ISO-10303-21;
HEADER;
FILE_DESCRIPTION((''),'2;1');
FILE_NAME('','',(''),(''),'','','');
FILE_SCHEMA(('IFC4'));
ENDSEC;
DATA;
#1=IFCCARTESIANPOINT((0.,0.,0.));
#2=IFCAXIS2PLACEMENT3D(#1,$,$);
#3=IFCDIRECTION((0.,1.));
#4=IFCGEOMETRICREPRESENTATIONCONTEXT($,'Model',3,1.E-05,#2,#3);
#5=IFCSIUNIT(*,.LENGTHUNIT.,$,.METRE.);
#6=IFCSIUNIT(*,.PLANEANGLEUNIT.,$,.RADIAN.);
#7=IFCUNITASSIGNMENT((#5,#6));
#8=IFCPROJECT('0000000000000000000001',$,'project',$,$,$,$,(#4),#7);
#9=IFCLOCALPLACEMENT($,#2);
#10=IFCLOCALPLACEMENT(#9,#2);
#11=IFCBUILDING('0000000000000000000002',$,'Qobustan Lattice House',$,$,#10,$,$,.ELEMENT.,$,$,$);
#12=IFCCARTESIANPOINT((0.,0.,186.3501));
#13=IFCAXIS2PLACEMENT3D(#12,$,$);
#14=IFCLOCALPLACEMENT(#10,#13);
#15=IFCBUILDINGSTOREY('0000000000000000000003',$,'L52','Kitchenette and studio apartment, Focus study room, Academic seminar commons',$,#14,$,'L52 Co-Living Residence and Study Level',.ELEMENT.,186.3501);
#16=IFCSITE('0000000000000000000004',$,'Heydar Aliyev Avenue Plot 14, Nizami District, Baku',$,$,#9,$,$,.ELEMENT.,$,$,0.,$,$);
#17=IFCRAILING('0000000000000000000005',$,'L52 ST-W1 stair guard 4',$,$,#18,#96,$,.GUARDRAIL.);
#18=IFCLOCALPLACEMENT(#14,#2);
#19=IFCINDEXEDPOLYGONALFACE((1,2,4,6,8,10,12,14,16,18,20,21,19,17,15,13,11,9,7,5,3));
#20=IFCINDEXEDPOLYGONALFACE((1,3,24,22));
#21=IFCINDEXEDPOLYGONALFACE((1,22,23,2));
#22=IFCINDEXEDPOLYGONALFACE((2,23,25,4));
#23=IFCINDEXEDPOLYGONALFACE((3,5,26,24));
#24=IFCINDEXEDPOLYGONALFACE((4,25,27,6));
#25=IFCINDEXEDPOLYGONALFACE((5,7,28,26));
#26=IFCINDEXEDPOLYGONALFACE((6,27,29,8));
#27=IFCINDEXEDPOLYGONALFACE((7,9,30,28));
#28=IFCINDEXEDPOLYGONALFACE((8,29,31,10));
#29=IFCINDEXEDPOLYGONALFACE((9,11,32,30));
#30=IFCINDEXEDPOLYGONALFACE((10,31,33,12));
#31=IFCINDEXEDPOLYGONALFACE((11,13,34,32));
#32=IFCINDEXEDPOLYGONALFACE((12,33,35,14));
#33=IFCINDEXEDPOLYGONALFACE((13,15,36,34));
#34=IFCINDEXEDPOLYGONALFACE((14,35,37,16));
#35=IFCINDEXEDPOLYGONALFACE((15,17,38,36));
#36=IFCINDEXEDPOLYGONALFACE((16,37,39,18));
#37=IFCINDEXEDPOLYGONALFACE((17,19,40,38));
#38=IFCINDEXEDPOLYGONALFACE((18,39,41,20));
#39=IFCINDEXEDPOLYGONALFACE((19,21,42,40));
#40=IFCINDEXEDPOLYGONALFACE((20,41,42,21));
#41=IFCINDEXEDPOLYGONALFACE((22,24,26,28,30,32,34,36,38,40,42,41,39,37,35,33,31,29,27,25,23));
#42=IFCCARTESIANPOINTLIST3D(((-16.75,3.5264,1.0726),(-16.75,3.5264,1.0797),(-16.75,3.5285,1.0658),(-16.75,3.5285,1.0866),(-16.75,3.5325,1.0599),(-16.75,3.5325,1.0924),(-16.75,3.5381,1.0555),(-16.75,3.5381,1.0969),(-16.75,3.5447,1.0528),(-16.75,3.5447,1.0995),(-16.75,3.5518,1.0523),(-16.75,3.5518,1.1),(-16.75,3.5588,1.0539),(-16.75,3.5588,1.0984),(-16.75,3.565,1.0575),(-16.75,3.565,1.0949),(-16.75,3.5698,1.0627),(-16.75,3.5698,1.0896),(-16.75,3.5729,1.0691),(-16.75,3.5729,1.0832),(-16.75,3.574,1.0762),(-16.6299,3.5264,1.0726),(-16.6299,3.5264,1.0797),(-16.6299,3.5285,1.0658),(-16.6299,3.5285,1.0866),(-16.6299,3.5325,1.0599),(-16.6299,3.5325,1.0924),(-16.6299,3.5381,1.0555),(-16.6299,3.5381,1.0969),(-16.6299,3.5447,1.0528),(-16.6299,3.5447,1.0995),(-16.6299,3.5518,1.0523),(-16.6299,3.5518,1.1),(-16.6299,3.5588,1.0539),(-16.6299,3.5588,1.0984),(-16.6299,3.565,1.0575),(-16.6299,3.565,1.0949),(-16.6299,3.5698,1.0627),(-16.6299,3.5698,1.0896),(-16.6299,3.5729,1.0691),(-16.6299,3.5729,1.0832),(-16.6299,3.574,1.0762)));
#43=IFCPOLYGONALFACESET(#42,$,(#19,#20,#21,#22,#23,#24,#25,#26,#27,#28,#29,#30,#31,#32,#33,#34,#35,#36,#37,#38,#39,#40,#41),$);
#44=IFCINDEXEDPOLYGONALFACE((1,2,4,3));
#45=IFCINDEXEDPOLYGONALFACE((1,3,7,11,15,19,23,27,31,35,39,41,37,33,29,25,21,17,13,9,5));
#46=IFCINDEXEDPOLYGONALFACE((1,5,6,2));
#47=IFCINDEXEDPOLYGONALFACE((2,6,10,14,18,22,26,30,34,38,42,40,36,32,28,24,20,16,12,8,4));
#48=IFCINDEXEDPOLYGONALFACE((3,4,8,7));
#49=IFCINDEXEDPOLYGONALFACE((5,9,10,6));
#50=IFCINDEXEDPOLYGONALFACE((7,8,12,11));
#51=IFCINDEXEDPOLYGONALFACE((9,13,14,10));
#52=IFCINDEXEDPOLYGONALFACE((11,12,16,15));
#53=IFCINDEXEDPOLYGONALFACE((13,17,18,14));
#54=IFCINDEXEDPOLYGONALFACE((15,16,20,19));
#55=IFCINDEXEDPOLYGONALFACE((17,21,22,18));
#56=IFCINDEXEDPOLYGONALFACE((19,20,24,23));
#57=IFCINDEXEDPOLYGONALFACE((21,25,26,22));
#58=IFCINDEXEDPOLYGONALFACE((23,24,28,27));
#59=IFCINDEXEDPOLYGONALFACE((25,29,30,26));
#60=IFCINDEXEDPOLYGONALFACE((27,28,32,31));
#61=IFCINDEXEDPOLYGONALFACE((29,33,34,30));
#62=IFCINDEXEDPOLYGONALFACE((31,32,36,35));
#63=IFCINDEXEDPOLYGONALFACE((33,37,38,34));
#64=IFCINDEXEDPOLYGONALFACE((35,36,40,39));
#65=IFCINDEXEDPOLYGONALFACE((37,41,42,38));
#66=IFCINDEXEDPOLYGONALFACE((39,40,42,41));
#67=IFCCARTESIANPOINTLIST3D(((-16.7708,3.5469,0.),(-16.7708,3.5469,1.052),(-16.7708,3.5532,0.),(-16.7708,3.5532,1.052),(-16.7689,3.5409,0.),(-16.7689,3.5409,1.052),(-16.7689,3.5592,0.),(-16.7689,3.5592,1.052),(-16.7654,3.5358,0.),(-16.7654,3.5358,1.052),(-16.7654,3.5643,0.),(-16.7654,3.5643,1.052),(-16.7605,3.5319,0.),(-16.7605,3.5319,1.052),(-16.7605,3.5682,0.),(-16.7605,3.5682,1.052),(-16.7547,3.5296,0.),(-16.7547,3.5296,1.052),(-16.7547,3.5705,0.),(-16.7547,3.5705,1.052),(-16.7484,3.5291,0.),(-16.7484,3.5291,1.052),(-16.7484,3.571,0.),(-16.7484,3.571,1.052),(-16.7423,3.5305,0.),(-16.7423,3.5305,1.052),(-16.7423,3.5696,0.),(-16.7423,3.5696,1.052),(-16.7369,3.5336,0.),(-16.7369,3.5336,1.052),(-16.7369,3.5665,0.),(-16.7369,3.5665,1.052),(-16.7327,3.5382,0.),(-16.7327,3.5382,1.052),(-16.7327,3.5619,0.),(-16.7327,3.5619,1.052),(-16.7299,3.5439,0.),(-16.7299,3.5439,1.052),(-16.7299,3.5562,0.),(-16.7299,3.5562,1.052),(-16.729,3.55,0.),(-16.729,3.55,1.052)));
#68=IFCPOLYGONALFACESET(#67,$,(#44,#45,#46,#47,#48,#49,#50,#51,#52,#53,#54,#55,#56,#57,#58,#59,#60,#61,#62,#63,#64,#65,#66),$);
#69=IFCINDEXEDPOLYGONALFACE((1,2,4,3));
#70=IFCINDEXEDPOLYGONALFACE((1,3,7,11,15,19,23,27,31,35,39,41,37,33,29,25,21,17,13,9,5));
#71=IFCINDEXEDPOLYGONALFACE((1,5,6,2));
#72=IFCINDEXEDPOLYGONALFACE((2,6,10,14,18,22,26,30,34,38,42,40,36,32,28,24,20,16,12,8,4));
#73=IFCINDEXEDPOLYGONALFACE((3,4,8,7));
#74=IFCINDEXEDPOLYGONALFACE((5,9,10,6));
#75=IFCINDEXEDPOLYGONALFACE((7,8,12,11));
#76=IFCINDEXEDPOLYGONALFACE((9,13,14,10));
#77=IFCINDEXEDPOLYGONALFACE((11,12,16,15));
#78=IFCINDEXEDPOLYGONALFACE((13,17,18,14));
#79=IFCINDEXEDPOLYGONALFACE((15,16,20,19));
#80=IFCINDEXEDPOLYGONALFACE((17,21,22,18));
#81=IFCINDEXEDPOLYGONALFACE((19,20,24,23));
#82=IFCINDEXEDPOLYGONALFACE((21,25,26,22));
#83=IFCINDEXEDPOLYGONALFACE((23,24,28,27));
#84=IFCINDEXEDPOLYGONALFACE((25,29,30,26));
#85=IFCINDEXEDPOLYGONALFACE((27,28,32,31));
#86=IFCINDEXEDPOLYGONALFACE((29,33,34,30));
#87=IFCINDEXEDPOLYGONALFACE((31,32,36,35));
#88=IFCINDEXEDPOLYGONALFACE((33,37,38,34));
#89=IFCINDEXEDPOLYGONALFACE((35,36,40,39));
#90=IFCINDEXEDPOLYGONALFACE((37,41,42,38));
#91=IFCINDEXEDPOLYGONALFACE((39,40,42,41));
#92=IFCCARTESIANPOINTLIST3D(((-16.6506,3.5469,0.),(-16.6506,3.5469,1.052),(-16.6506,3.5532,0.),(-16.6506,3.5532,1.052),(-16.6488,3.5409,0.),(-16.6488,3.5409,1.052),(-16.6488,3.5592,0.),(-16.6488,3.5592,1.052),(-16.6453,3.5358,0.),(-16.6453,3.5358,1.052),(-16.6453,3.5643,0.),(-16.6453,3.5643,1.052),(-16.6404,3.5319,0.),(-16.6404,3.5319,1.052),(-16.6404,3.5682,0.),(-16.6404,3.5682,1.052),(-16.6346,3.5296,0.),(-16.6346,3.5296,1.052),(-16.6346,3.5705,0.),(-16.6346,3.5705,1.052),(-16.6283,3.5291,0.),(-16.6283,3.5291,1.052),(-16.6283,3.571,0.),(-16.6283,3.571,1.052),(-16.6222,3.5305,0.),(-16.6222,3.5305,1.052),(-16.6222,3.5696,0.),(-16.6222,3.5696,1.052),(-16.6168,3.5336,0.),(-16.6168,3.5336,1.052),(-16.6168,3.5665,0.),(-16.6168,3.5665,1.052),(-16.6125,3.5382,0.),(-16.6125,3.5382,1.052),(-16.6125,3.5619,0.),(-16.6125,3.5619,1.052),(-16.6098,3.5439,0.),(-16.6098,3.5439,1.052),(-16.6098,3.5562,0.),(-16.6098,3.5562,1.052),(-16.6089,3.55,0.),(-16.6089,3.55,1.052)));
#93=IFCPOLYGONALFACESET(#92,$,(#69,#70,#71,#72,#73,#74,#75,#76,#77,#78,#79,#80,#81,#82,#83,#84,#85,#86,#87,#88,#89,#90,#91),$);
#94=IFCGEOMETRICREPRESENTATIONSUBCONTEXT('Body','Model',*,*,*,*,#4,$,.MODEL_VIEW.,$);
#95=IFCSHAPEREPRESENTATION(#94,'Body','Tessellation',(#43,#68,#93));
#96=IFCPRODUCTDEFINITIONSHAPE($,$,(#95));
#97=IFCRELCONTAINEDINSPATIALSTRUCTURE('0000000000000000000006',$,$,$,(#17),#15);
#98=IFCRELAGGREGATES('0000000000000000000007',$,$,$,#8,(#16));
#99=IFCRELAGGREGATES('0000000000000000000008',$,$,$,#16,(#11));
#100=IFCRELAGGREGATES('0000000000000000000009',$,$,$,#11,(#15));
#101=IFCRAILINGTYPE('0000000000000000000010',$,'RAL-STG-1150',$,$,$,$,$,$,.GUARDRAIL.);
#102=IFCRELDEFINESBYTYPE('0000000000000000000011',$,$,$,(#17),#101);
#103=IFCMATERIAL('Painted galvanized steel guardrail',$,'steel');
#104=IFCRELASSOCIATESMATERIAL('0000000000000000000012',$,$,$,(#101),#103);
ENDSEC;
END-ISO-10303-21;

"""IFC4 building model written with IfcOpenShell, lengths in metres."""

from ifc_helpers import new_model, si_unit, direction, frame, origin, origin_2d, place, context, subcontext, project, spatial, circle, extrude, material, type_object, element, save


model = new_model("IFC4")

# Units and contexts
model_context = context("Model", 3, precision=1e-05, world=origin(), true_north=direction((0.0, 1.0)))
body_context = subcontext(model_context, "Body", "Model", "MODEL_VIEW")
ifc_project = project(units=[si_unit("LENGTHUNIT", "METRE"), si_unit("PLANEANGLEUNIT", "RADIAN")], contexts=[model_context])

# Site, building, storey
site_placement = place(None, origin())
site = spatial("IfcSite", under=ifc_project, at=site_placement, Name="Heydar Aliyev Avenue Plot 14, Nizami District, Baku", CompositionType="ELEMENT", RefElevation=0.0)
building_placement = place(site_placement, origin())
building = spatial("IfcBuilding", under=site, at=building_placement, Name="Qobustan Lattice House", CompositionType="ELEMENT")
storey_placement = place(building_placement, frame((0.0, 0.0, 186.3501)))
storey = spatial("IfcBuildingStorey", under=building, at=storey_placement, Name="L52", Description="Kitchenette and studio apartment, Focus study room, Academic seminar commons", LongName="L52 Co-Living Residence and Study Level", CompositionType="ELEMENT", Elevation=186.3501)

# Railing
ifc_material_1 = material(Name="Painted galvanized steel guardrail", Category="steel")
railing_type = type_object("IfcRailingType", Name="RAL-STG-1150", PredefinedType="GUARDRAIL", material=ifc_material_1)
railing_1_placement = place(storey_placement, frame((-16.75, 3.55, 0.0)))
element("IfcRailing", 1, at=railing_1_placement, inside=storey, type_object=railing_type, Name="L52 ST-W1 stair guard 4", PredefinedType="GUARDRAIL", context=body_context, shape_type="SweptSolid", body=[
    extrude(circle(Radius=0.0239, at=origin_2d()), frame((0.0, 0.0, 1.0762), z_axis=(1.0, 0.0, 0.0), x_axis=(0.0, 1.0, 0.0)), (0.0, 0.0, 1.0), 0.1201),
    extrude(circle(Radius=0.021, at=origin_2d()), origin(), (0.0, 0.0, 1.0), 1.052),
    extrude(circle(Radius=0.021, at=origin_2d()), frame((0.1201, 0.0, 0.0)), (0.0, 0.0, 1.0), 1.052),
])

save(model, "model.ifc")
